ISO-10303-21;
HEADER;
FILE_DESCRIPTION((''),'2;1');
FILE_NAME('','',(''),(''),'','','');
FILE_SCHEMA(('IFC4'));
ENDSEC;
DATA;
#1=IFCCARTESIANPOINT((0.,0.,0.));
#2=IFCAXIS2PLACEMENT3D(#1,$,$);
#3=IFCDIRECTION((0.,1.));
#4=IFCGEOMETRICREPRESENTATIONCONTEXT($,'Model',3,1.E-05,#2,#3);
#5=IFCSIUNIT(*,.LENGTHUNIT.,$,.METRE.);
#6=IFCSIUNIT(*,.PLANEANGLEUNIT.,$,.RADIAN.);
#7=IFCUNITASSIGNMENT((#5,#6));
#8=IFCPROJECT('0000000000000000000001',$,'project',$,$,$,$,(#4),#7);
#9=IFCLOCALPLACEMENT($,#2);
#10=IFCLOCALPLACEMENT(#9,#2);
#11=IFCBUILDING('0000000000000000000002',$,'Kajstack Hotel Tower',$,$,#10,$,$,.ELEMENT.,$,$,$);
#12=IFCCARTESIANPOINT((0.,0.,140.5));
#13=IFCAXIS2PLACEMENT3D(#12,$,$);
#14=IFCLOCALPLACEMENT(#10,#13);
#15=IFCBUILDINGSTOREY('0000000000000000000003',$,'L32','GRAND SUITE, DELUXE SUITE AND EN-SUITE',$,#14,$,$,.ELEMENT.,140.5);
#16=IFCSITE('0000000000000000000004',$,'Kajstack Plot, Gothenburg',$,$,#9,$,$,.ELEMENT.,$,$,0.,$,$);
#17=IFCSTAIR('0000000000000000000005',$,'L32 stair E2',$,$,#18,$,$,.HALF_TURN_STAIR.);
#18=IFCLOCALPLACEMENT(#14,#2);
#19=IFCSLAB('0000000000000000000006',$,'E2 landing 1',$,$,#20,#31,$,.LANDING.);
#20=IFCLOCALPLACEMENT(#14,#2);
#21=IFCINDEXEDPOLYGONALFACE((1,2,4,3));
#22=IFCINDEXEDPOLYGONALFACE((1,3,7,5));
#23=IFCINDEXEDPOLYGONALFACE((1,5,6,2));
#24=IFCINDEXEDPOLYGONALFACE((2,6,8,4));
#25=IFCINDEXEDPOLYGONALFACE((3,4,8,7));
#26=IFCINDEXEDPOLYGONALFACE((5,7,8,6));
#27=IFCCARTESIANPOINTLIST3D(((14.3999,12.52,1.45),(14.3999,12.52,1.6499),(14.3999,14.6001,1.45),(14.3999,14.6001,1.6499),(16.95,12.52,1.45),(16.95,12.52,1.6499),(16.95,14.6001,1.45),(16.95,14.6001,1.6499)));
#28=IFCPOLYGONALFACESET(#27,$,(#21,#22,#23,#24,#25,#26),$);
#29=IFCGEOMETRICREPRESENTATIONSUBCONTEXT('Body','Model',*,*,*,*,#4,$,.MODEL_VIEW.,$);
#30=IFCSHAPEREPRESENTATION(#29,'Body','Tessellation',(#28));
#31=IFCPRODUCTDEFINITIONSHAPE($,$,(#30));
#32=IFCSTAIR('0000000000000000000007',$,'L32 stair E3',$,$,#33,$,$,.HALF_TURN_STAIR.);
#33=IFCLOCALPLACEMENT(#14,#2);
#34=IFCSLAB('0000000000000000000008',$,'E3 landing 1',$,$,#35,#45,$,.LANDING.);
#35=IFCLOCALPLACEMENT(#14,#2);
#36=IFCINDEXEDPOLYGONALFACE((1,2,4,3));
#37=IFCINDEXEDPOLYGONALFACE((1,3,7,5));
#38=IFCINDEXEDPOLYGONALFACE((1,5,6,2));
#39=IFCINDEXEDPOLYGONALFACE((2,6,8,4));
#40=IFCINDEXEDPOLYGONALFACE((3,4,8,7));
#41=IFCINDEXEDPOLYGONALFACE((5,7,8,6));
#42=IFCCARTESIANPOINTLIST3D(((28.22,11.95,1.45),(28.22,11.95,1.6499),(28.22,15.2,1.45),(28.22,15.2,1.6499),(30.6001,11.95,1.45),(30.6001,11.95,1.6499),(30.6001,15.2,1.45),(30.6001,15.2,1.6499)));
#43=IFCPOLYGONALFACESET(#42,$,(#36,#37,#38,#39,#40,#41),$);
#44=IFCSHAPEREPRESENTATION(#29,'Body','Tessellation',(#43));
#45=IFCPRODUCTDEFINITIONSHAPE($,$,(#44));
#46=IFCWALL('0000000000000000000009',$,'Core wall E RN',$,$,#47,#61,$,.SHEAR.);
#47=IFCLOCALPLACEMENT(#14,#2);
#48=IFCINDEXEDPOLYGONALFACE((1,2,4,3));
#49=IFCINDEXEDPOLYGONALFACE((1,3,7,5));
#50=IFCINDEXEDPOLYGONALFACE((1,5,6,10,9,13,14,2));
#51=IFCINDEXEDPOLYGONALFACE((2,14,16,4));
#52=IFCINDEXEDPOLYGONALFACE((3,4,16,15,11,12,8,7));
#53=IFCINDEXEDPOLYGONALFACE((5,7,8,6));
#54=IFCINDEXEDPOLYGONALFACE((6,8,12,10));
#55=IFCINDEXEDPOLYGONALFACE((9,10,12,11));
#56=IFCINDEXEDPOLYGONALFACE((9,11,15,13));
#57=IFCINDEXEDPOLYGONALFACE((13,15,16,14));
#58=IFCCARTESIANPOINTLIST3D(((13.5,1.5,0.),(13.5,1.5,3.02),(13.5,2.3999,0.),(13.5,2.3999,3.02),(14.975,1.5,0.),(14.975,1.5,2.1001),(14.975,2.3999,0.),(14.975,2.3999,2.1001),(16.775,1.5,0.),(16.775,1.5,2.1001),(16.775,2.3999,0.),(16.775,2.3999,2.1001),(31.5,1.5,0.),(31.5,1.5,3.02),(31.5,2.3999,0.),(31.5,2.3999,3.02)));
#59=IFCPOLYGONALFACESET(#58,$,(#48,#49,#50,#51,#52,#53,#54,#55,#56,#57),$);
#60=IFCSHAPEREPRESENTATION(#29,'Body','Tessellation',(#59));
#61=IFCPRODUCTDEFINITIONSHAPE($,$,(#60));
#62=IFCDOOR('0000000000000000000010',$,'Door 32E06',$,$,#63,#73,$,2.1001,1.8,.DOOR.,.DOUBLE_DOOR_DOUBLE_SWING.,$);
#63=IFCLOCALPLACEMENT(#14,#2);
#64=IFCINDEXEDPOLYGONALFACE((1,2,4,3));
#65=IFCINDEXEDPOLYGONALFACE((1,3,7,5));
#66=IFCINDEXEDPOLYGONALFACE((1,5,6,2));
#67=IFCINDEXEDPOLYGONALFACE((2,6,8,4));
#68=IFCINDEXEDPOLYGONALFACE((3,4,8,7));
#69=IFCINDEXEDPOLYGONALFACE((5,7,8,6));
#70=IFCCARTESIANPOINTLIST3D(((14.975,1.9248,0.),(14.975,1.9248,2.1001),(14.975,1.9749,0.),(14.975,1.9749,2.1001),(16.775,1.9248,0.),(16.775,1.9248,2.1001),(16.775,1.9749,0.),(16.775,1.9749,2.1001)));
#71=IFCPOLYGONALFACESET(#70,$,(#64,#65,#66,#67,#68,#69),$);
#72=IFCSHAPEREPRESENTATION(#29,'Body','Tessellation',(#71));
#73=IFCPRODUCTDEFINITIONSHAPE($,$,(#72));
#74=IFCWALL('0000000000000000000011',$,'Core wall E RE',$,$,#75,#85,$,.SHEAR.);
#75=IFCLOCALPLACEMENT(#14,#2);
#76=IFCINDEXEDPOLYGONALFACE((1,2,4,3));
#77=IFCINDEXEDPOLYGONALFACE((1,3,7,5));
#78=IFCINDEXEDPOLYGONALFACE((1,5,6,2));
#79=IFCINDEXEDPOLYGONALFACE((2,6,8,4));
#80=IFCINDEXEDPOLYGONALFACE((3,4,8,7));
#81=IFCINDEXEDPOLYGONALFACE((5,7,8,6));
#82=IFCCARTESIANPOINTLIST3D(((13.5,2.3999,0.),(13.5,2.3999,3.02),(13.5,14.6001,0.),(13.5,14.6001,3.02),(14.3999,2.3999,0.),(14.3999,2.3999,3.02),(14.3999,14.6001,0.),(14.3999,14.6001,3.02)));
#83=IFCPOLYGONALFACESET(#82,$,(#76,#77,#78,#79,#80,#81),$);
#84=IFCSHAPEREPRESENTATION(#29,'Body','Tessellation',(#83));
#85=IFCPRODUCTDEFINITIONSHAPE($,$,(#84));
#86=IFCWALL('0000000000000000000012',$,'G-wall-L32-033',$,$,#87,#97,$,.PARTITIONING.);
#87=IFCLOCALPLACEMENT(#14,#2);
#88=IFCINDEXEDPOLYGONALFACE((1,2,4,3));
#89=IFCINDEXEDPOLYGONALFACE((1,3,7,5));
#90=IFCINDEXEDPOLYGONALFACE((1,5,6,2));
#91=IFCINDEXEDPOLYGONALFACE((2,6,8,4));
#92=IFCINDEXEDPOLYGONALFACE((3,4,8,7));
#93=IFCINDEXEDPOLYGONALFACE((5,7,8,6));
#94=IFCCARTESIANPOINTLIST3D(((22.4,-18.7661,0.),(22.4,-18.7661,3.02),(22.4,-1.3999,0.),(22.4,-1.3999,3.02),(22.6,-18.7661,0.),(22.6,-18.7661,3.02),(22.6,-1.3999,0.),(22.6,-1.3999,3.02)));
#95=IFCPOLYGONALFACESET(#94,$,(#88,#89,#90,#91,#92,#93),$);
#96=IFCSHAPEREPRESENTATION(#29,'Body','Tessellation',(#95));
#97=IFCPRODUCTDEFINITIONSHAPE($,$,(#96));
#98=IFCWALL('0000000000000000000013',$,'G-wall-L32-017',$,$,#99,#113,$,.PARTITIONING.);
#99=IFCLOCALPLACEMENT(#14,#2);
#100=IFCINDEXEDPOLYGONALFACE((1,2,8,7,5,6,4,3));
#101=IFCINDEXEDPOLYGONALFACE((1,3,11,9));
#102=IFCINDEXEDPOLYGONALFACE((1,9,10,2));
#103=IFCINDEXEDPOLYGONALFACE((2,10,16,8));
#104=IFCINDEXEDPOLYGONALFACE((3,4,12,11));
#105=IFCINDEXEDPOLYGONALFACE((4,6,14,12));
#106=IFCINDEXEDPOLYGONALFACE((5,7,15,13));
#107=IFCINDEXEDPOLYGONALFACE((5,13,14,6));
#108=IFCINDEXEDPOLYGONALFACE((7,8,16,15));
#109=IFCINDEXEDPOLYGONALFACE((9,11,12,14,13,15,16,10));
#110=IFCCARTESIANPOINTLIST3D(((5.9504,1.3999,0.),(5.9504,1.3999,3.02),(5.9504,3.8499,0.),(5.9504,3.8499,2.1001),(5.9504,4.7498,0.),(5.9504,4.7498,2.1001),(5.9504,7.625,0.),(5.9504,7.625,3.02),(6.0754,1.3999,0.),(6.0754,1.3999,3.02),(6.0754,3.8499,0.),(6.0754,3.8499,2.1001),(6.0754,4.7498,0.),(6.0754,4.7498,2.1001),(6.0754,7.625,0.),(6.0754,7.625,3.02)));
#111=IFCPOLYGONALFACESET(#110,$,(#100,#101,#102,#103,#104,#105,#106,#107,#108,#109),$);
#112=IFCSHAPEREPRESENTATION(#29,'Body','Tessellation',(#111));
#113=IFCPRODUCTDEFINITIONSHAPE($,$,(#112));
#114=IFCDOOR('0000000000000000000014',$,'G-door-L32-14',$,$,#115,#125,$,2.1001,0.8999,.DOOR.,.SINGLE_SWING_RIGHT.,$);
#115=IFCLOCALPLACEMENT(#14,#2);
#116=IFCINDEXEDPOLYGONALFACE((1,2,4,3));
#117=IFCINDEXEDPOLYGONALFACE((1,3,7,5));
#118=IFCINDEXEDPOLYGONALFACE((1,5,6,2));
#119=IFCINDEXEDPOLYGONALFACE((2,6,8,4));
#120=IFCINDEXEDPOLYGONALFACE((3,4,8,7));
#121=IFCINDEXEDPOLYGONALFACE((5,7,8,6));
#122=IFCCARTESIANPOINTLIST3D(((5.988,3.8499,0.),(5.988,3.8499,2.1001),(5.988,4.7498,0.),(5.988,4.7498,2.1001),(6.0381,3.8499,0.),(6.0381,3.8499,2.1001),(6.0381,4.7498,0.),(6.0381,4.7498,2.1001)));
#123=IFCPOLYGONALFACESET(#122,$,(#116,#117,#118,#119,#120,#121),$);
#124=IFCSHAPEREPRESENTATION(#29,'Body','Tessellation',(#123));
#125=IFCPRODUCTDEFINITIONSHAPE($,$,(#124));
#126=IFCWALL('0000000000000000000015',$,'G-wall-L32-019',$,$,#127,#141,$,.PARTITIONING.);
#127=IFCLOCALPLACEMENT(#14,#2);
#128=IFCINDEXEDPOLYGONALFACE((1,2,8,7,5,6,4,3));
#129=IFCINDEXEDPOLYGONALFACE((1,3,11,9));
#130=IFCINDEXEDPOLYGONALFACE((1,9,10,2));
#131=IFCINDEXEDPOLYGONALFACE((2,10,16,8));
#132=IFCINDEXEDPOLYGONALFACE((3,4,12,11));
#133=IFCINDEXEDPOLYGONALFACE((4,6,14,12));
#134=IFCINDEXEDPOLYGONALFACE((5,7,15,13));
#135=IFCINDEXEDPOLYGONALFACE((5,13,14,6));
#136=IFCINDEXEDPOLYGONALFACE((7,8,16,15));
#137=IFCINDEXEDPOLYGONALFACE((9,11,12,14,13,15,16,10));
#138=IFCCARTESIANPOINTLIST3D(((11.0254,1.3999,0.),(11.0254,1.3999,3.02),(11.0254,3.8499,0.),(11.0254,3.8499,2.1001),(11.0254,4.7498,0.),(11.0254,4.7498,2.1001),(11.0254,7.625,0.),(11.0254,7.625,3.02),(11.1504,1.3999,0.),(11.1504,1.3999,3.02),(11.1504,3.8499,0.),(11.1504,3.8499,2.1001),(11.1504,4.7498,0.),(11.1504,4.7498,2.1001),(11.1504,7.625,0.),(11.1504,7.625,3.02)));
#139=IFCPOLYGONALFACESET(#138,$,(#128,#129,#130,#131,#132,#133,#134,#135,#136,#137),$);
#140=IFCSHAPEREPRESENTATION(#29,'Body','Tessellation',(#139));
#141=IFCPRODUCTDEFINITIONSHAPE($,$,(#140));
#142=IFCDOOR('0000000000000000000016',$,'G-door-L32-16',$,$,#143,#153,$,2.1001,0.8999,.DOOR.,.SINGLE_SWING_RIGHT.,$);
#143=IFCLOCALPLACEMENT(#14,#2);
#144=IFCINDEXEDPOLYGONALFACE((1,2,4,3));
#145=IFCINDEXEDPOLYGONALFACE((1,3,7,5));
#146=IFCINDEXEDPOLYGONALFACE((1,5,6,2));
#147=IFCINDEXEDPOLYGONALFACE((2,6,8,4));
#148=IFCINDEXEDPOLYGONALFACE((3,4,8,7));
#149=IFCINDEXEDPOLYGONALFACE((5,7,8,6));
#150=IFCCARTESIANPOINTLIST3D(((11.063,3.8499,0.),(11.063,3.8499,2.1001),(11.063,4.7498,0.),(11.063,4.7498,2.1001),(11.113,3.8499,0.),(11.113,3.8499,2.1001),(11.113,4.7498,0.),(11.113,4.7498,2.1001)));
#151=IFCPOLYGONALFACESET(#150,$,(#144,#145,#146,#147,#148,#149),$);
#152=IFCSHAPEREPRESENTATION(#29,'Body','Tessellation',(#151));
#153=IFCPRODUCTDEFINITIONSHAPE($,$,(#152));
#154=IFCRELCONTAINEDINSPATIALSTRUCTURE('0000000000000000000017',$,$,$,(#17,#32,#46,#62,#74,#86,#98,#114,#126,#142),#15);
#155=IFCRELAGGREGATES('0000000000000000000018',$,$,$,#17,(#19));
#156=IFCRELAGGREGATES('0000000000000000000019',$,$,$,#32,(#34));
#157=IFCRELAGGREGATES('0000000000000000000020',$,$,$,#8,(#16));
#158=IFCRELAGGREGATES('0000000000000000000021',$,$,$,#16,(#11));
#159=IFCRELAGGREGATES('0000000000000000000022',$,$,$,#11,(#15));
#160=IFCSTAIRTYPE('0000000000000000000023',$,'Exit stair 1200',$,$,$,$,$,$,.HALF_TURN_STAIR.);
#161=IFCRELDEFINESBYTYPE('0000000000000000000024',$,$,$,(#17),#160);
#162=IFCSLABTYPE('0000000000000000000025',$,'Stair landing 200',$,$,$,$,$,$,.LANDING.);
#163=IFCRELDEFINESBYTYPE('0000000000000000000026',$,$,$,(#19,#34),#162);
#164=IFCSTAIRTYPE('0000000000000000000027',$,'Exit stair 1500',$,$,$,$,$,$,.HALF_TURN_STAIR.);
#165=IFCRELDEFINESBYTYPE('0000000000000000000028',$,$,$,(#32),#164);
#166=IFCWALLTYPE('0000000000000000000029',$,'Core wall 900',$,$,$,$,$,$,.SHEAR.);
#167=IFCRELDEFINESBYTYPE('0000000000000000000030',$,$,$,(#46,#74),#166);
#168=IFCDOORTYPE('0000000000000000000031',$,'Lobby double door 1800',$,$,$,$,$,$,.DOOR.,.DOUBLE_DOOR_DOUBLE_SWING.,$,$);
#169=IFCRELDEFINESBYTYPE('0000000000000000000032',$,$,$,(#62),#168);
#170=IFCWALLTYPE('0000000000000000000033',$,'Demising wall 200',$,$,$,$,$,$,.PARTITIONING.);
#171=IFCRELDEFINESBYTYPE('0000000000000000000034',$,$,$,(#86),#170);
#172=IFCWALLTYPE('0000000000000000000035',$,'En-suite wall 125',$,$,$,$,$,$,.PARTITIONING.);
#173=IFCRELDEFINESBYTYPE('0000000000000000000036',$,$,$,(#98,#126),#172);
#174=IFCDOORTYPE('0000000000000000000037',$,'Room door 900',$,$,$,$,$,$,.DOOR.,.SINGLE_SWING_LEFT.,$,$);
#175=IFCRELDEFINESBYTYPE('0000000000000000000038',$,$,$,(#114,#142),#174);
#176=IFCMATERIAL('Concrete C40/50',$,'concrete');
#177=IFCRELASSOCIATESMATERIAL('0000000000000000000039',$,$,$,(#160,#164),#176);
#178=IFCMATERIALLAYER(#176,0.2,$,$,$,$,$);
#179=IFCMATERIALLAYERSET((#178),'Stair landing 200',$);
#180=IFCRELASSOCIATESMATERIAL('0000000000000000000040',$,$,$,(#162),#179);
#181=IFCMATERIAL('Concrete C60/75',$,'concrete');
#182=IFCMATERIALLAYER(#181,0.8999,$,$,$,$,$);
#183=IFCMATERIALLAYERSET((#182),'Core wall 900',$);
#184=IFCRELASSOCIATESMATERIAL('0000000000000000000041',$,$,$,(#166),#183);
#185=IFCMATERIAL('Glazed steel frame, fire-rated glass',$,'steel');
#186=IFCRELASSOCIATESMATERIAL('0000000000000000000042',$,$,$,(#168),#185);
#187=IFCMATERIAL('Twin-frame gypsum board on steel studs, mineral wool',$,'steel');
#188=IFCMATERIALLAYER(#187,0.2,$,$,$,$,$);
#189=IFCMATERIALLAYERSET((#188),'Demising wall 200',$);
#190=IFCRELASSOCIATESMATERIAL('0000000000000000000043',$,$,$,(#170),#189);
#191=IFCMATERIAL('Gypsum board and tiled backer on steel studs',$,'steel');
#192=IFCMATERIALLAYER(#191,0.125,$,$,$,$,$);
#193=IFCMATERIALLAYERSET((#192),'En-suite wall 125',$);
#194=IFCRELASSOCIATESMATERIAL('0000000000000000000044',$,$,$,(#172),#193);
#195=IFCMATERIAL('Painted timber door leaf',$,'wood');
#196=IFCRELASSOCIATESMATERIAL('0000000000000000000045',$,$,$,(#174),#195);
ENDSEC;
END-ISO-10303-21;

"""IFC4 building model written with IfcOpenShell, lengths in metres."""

from ifc_helpers import new_model, si_unit, direction, frame, frame_2d, origin, place, context, subcontext, project, spatial, polyline, rectangle, outline, extrude, material, layer, layer_set, type_object, element, fill, aggregate, save


model = new_model("IFC4")

# Units and contexts
model_context = context("Model", 3, precision=1e-05, world=origin(), true_north=direction((0.0, 1.0)))
body_context = subcontext(model_context, "Body", "Model", "MODEL_VIEW")
ifc_project = project(units=[si_unit("LENGTHUNIT", "METRE"), si_unit("PLANEANGLEUNIT", "RADIAN")], contexts=[model_context])

# Site, building, storey
site_placement = place(None, origin())
site = spatial("IfcSite", under=ifc_project, at=site_placement, Name="Kajstack Plot, Gothenburg", CompositionType="ELEMENT", RefElevation=0.0)
building_placement = place(site_placement, origin())
building = spatial("IfcBuilding", under=site, at=building_placement, Name="Kajstack Hotel Tower", CompositionType="ELEMENT")
storey_placement = place(building_placement, frame((0.0, 0.0, 140.5)))
storey = spatial("IfcBuildingStorey", under=building, at=storey_placement, Name="L32", Description="GRAND SUITE, DELUXE SUITE AND EN-SUITE", CompositionType="ELEMENT", Elevation=140.5)

# Stairs, slabs
ifc_material_1 = material(Name="Concrete C40/50", Category="concrete")
stair_type_1 = type_object("IfcStairType", Name="Exit stair 1200", PredefinedType="HALF_TURN_STAIR", material=ifc_material_1)
stair_1_placement = place(storey_placement, origin())
stair_1 = element("IfcStair", 1, at=stair_1_placement, inside=storey, type_object=stair_type_1, Name="L32 stair E2", PredefinedType="HALF_TURN_STAIR")
ifc_layer_1 = layer(ifc_material_1, 0.2)
ifc_layer_set_1 = layer_set([ifc_layer_1], Name="Stair landing 200")
slab_type = type_object("IfcSlabType", Name="Stair landing 200", PredefinedType="LANDING", material=ifc_layer_set_1)
slab_1_placement = place(storey_placement, frame((0.0, 0.0, 1.45)))
slab_1 = element("IfcSlab", 2, at=slab_1_placement, type_object=slab_type, Name="E2 landing 1", PredefinedType="LANDING", context=body_context, shape_type="SweptSolid", body=[
    extrude(outline(polyline([(16.95, 12.52), (16.95, 14.6001), (14.3999, 14.6001), (14.3999, 12.52), (16.95, 12.52)])), origin(), (0.0, 0.0, 1.0), 0.2),
])
aggregate(stair_1, [slab_1])
stair_type_2 = type_object("IfcStairType", Name="Exit stair 1500", PredefinedType="HALF_TURN_STAIR", material=ifc_material_1)
stair_2_placement = place(storey_placement, origin())
stair_2 = element("IfcStair", 3, at=stair_2_placement, inside=storey, type_object=stair_type_2, Name="L32 stair E3", PredefinedType="HALF_TURN_STAIR")
slab_2_placement = place(storey_placement, frame((0.0, 0.0, 1.45)))
slab_2 = element("IfcSlab", 4, at=slab_2_placement, type_object=slab_type, Name="E3 landing 1", PredefinedType="LANDING", context=body_context, shape_type="SweptSolid", body=[
    extrude(outline(polyline([(28.22, 11.95), (30.6001, 11.95), (30.6001, 15.2), (28.22, 15.2), (28.22, 11.95)])), origin(), (0.0, 0.0, 1.0), 0.2),
])
aggregate(stair_2, [slab_2])

# Wall, opening, door
ifc_material_2 = material(Name="Concrete C60/75", Category="concrete")
ifc_layer_2 = layer(ifc_material_2, 0.8999)
ifc_layer_set_2 = layer_set([ifc_layer_2], Name="Core wall 900")
wall_type_1 = type_object("IfcWallType", Name="Core wall 900", PredefinedType="SHEAR", material=ifc_layer_set_2)
wall_1_placement = place(storey_placement, frame((13.5, 1.95, 0.0), z_axis=(0.0, 0.0, 1.0), x_axis=(1.0, 0.0, 0.0)))
wall_1 = element("IfcWall", 5, at=wall_1_placement, inside=storey, type_object=wall_type_1, Name="Core wall E RN", PredefinedType="SHEAR", context=body_context, shape_type="SweptSolid", body=[
    extrude(rectangle(XDim=18.0, YDim=0.8999, at=frame_2d((9.0, 0.0))), origin(), (0.0, 0.0, 1.0), 3.02),
])
opening_1_placement = place(wall_1_placement, frame((1.4751, 0.0, 0.0)))
opening_1 = element("IfcOpeningElement", 6, at=opening_1_placement, cuts=wall_1, PredefinedType="OPENING", context=body_context, shape_type="SweptSolid", body=[
    extrude(rectangle(XDim=1.8, YDim=2.1001, at=frame_2d((0.8999, 1.05))), frame((0.0, 0.46, 0.0), z_axis=(0.0, -1.0, 0.0), x_axis=(1.0, 0.0, 0.0)), (0.0, 0.0, 1.0), 0.9199),
])
ifc_material_3 = material(Name="Glazed steel frame, fire-rated glass", Category="steel")
door_type_1 = type_object("IfcDoorType", Name="Lobby double door 1800", OperationType="DOUBLE_DOOR_DOUBLE_SWING", PredefinedType="DOOR", material=ifc_material_3)
door_1_placement = place(opening_1_placement, origin())
door_1 = element("IfcDoor", 7, at=door_1_placement, inside=storey, type_object=door_type_1, Name="Door 32E06", OperationType="DOUBLE_DOOR_DOUBLE_SWING", OverallHeight=2.1001, OverallWidth=1.8, PredefinedType="DOOR", context=body_context, shape_type="SweptSolid", body=[
    extrude(rectangle(XDim=1.8, YDim=2.1001, at=frame_2d((0.8999, 1.05))), frame((0.0, 0.0249, 0.0), z_axis=(0.0, -1.0, 0.0), x_axis=(1.0, 0.0, 0.0)), (0.0, 0.0, 1.0), 0.05),
])
fill(opening_1, door_1)

# Walls
wall_2_placement = place(storey_placement, frame((13.95, 2.3999, 0.0), z_axis=(0.0, 0.0, 1.0), x_axis=(0.0, 1.0, 0.0)))
element("IfcWall", 8, at=wall_2_placement, inside=storey, type_object=wall_type_1, Name="Core wall E RE", PredefinedType="SHEAR", context=body_context, shape_type="SweptSolid", body=[
    extrude(rectangle(XDim=12.2002, YDim=0.8999, at=frame_2d((6.1001, 0.0))), origin(), (0.0, 0.0, 1.0), 3.02),
])
ifc_material_4 = material(Name="Twin-frame gypsum board on steel studs, mineral wool", Category="steel")
ifc_layer_3 = layer(ifc_material_4, 0.2)
ifc_layer_set_3 = layer_set([ifc_layer_3], Name="Demising wall 200")
wall_type_2 = type_object("IfcWallType", Name="Demising wall 200", PredefinedType="PARTITIONING", material=ifc_layer_set_3)
wall_3_placement = place(storey_placement, frame((22.5, -18.7661, 0.0), z_axis=(0.0, 0.0, 1.0), x_axis=(0.0, 1.0, 0.0)))
element("IfcWall", 9, at=wall_3_placement, inside=storey, type_object=wall_type_2, Name="G-wall-L32-033", PredefinedType="PARTITIONING", context=body_context, shape_type="SweptSolid", body=[
    extrude(rectangle(XDim=17.3662, YDim=0.2, at=frame_2d((8.6831, 0.0))), origin(), (0.0, 0.0, 1.0), 3.02),
])

# Walls, openings, doors
ifc_material_5 = material(Name="Gypsum board and tiled backer on steel studs", Category="steel")
ifc_layer_4 = layer(ifc_material_5, 0.125)
ifc_layer_set_4 = layer_set([ifc_layer_4], Name="En-suite wall 125")
wall_type_3 = type_object("IfcWallType", Name="En-suite wall 125", PredefinedType="PARTITIONING", material=ifc_layer_set_4)
wall_4_placement = place(storey_placement, frame((6.0129, 1.3999, 0.0), z_axis=(0.0, 0.0, 1.0), x_axis=(0.0, 1.0, 0.0)))
wall_4 = element("IfcWall", 10, at=wall_4_placement, inside=storey, type_object=wall_type_3, Name="G-wall-L32-017", PredefinedType="PARTITIONING", context=body_context, shape_type="SweptSolid", body=[
    extrude(rectangle(XDim=6.2251, YDim=0.125, at=frame_2d((3.1125, 0.0))), origin(), (0.0, 0.0, 1.0), 3.02),
])
opening_2_placement = place(wall_4_placement, frame((2.45, 0.0, 0.0)))
opening_2 = element("IfcOpeningElement", 11, at=opening_2_placement, cuts=wall_4, PredefinedType="OPENING", context=body_context, shape_type="SweptSolid", body=[
    extrude(rectangle(XDim=0.8999, YDim=2.1001, at=frame_2d((0.45, 1.05))), frame((0.0, 0.0725, 0.0), z_axis=(0.0, -1.0, 0.0), x_axis=(1.0, 0.0, 0.0)), (0.0, 0.0, 1.0), 0.145),
])
ifc_material_6 = material(Name="Painted timber door leaf", Category="wood")
door_type_2 = type_object("IfcDoorType", Name="Room door 900", OperationType="SINGLE_SWING_LEFT", PredefinedType="DOOR", material=ifc_material_6)
door_2_placement = place(opening_2_placement, origin())
door_2 = element("IfcDoor", 12, at=door_2_placement, inside=storey, type_object=door_type_2, Name="G-door-L32-14", OperationType="SINGLE_SWING_RIGHT", OverallHeight=2.1001, OverallWidth=0.8999, PredefinedType="DOOR", context=body_context, shape_type="SweptSolid", body=[
    extrude(rectangle(XDim=0.8999, YDim=2.1001, at=frame_2d((0.45, 1.05))), frame((0.0, 0.0249, 0.0), z_axis=(0.0, -1.0, 0.0), x_axis=(1.0, 0.0, 0.0)), (0.0, 0.0, 1.0), 0.05),
])
fill(opening_2, door_2)
wall_5_placement = place(storey_placement, frame((11.0879, 1.3999, 0.0), z_axis=(0.0, 0.0, 1.0), x_axis=(0.0, 1.0, 0.0)))
wall_5 = element("IfcWall", 13, at=wall_5_placement, inside=storey, type_object=wall_type_3, Name="G-wall-L32-019", PredefinedType="PARTITIONING", context=body_context, shape_type="SweptSolid", body=[
    extrude(rectangle(XDim=6.2251, YDim=0.125, at=frame_2d((3.1125, 0.0))), origin(), (0.0, 0.0, 1.0), 3.02),
])
opening_3_placement = place(wall_5_placement, frame((2.45, 0.0, 0.0)))
opening_3 = element("IfcOpeningElement", 14, at=opening_3_placement, cuts=wall_5, PredefinedType="OPENING", context=body_context, shape_type="SweptSolid", body=[
    extrude(rectangle(XDim=0.8999, YDim=2.1001, at=frame_2d((0.45, 1.05))), frame((0.0, 0.0725, 0.0), z_axis=(0.0, -1.0, 0.0), x_axis=(1.0, 0.0, 0.0)), (0.0, 0.0, 1.0), 0.145),
])
door_3_placement = place(opening_3_placement, origin())
door_3 = element("IfcDoor", 15, at=door_3_placement, inside=storey, type_object=door_type_2, Name="G-door-L32-16", OperationType="SINGLE_SWING_RIGHT", OverallHeight=2.1001, OverallWidth=0.8999, PredefinedType="DOOR", context=body_context, shape_type="SweptSolid", body=[
    extrude(rectangle(XDim=0.8999, YDim=2.1001, at=frame_2d((0.45, 1.05))), frame((0.0, 0.0249, 0.0), z_axis=(0.0, -1.0, 0.0), x_axis=(1.0, 0.0, 0.0)), (0.0, 0.0, 1.0), 0.05),
])
fill(opening_3, door_3)

save(model, "model.ifc")
